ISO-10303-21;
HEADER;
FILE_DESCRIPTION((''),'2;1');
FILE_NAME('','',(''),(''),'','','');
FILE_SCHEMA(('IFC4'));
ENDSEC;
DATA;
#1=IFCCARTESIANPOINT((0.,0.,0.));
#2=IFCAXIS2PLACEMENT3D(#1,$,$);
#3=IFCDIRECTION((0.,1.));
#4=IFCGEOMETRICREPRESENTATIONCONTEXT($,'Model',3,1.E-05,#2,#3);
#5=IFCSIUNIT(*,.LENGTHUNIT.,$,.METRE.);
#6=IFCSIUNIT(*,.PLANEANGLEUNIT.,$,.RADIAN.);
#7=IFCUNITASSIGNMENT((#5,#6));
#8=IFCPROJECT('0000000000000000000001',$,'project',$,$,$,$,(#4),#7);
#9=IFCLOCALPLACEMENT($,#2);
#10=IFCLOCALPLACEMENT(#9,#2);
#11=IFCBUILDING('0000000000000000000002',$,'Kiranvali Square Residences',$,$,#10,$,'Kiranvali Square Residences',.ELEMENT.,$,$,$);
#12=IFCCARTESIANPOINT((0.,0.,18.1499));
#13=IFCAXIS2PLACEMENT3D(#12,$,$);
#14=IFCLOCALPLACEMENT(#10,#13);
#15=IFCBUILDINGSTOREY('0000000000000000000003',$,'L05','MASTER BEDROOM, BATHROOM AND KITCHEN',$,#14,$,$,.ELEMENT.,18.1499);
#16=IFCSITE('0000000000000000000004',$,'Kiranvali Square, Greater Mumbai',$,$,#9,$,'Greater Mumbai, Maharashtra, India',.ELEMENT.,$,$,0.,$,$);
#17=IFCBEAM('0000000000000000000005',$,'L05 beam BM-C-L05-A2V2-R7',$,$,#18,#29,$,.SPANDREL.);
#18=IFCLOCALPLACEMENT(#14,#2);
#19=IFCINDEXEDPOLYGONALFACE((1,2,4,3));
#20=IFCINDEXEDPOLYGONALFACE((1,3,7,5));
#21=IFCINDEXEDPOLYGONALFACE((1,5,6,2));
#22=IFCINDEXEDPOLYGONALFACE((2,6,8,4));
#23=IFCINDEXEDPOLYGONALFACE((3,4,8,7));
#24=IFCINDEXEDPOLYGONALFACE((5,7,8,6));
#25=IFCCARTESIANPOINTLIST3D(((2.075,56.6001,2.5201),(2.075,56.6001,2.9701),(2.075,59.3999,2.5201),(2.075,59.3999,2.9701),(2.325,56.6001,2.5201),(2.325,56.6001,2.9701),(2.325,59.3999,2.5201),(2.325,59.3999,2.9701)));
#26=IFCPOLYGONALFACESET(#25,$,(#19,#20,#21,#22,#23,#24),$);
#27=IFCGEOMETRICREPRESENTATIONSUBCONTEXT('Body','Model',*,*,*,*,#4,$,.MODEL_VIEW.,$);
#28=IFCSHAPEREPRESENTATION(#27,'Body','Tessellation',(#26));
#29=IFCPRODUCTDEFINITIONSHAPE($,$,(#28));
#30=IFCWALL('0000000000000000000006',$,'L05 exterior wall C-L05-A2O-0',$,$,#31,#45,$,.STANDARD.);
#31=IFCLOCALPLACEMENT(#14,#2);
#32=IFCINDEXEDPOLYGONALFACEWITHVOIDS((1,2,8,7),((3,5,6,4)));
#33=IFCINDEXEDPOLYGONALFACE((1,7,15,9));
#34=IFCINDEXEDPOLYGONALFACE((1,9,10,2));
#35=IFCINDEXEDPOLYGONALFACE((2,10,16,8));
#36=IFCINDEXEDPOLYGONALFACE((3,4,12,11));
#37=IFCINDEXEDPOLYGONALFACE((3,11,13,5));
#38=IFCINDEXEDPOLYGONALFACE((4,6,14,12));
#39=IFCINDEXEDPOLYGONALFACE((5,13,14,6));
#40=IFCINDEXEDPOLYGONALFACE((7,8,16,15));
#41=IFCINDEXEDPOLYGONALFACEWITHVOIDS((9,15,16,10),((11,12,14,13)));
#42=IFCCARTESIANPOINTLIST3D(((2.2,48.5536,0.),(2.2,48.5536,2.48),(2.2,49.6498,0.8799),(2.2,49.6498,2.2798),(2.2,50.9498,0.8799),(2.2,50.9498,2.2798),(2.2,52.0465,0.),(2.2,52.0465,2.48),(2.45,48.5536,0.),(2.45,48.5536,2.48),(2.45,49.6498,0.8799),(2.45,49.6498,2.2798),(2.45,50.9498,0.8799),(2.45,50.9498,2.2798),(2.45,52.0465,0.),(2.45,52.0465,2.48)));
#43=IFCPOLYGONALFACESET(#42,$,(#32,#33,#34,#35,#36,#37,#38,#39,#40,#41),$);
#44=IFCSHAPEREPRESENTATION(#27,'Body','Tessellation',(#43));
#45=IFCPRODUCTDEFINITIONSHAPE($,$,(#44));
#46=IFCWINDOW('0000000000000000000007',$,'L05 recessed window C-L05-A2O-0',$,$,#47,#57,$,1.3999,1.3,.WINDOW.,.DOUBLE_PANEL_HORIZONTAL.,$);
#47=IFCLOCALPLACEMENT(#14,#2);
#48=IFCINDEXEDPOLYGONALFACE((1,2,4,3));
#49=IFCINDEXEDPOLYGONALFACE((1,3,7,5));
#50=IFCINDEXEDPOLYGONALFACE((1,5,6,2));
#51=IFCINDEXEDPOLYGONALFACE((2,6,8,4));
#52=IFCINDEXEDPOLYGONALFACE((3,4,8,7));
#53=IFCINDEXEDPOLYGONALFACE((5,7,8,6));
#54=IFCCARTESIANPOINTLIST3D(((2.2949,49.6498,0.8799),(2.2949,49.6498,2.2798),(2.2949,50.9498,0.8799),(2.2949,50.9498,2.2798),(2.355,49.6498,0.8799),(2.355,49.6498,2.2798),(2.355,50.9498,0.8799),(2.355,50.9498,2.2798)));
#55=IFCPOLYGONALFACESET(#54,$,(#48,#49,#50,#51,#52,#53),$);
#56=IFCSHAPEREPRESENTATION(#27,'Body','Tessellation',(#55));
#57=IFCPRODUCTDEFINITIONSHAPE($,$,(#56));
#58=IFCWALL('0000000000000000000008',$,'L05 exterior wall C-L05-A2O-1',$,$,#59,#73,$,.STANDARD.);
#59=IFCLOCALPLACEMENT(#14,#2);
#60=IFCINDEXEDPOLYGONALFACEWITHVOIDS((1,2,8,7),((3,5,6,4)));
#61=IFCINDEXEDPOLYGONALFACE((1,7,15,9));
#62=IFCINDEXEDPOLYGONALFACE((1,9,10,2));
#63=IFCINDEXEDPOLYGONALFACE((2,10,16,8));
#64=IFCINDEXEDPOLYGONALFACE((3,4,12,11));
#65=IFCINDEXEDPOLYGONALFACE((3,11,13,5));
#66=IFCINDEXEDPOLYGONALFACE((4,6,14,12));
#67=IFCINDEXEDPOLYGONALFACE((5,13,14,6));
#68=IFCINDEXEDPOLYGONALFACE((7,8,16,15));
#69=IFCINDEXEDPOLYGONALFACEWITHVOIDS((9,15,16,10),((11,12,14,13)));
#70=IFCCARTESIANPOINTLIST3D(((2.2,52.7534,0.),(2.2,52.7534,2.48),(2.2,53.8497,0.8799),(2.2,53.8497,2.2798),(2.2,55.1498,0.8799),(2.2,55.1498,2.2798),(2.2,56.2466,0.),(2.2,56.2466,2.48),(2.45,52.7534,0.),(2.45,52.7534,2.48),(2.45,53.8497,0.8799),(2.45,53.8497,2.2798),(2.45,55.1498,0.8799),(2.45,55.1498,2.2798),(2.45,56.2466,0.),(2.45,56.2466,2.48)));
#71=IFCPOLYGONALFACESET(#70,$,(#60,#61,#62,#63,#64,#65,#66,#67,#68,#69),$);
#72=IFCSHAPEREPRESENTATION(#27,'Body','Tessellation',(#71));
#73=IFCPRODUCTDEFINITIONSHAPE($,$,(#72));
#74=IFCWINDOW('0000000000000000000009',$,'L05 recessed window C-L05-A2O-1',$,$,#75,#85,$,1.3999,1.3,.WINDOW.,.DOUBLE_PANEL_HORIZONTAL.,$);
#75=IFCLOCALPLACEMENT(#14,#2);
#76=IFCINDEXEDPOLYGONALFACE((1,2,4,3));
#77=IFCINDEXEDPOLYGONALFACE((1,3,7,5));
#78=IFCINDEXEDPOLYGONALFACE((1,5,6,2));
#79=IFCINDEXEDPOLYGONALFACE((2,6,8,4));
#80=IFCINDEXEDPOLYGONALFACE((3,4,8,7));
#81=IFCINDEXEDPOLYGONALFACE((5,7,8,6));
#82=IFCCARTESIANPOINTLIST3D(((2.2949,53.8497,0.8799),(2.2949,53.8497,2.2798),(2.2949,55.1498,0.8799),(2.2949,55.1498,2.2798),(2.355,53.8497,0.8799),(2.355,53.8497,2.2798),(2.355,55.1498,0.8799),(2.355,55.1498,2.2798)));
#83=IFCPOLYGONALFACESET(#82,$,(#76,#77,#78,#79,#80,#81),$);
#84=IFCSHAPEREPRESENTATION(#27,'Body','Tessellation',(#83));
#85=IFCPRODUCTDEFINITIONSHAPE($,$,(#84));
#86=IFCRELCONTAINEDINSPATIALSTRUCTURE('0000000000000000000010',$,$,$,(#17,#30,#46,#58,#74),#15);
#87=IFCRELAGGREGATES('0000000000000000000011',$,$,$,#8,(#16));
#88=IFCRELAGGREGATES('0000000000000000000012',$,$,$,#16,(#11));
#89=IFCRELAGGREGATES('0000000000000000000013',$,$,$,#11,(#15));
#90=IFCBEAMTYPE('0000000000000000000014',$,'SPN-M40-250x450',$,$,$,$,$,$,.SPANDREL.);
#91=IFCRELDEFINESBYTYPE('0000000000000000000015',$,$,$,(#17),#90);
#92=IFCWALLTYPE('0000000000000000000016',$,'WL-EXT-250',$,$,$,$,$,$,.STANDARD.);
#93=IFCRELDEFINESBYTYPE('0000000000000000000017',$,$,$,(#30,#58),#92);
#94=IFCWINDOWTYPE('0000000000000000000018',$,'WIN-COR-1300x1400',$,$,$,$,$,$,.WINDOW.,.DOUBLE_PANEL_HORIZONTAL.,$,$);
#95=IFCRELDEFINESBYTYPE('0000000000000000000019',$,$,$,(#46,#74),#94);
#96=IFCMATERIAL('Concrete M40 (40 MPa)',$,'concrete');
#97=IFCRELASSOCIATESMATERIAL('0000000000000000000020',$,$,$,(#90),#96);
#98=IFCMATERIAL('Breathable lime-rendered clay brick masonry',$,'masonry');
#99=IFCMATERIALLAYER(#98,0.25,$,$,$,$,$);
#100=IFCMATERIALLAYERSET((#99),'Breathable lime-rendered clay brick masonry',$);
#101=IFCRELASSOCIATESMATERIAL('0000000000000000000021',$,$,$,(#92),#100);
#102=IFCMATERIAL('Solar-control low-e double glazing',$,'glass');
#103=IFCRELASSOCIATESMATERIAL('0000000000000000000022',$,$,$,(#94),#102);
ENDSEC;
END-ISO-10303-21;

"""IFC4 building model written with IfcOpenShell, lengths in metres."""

from ifc_helpers import new_model, si_unit, direction, frame, frame_2d, origin, origin_2d, place, context, subcontext, project, spatial, rectangle, extrude, material, layer, layer_set, material_profile, profile_set, type_object, element, fill, save


model = new_model("IFC4")

# Units and contexts
model_context = context("Model", 3, precision=1e-05, world=origin(), true_north=direction((0.0, 1.0)))
body_context = subcontext(model_context, "Body", "Model", "MODEL_VIEW")
ifc_project = project(units=[si_unit("LENGTHUNIT", "METRE"), si_unit("PLANEANGLEUNIT", "RADIAN")], contexts=[model_context])

# Site, building, storey
site_placement = place(None, origin())
site = spatial("IfcSite", under=ifc_project, at=site_placement, Name="Kiranvali Square, Greater Mumbai", LongName="Greater Mumbai, Maharashtra, India", CompositionType="ELEMENT", RefElevation=0.0)
building_placement = place(site_placement, origin())
building = spatial("IfcBuilding", under=site, at=building_placement, Name="Kiranvali Square Residences", LongName="Kiranvali Square Residences", CompositionType="ELEMENT")
storey_placement = place(building_placement, frame((0.0, 0.0, 18.1499)))
storey = spatial("IfcBuildingStorey", under=building, at=storey_placement, Name="L05", Description="MASTER BEDROOM, BATHROOM AND KITCHEN", CompositionType="ELEMENT", Elevation=18.1499)

# Beam
ifc_material_1 = material(Name="Concrete M40 (40 MPa)", Category="concrete")
ifc_material_profile_1 = material_profile(ifc_material_1, rectangle(XDim=0.25, YDim=0.45, at=origin_2d()), Name="RC 250x450")
ifc_profile_set_1 = profile_set([ifc_material_profile_1], Name="Concrete M40 (40 MPa)")
beam_type_1 = type_object("IfcBeamType", Name="SPN-M40-250x450", PredefinedType="SPANDREL", material=ifc_profile_set_1)
beam_1_placement = place(storey_placement, frame((2.2, 56.6001, 2.7451), z_axis=(0.0, 1.0, 0.0), x_axis=(-1.0, 0.0, 0.0)))
element("IfcBeam", 1, at=beam_1_placement, inside=storey, type_object=beam_type_1, Name="L05 beam BM-C-L05-A2V2-R7", PredefinedType="SPANDREL", context=body_context, shape_type="SweptSolid", body=[
    extrude(rectangle(XDim=0.25, YDim=0.45, at=origin_2d()), origin(), (0.0, 0.0, 1.0), 2.7998),
])

# Walls, openings, windows
ifc_material_2 = material(Name="Breathable lime-rendered clay brick masonry", Category="masonry")
ifc_layer = layer(ifc_material_2, 0.25)
ifc_layer_set = layer_set([ifc_layer], Name="Breathable lime-rendered clay brick masonry")
wall_type = type_object("IfcWallType", Name="WL-EXT-250", PredefinedType="STANDARD", material=ifc_layer_set)
wall_1_placement = place(storey_placement, frame((2.325, 48.5535, 0.0), z_axis=(0.0, 0.0, 1.0), x_axis=(0.0, 1.0, 0.0)))
wall_1 = element("IfcWall", 2, at=wall_1_placement, inside=storey, type_object=wall_type, Name="L05 exterior wall C-L05-A2O-0", PredefinedType="STANDARD", context=body_context, shape_type="SweptSolid", body=[
    extrude(rectangle(XDim=3.4929, YDim=0.25, at=frame_2d((1.7466, 0.0))), origin(), (0.0, 0.0, 1.0), 2.48),
])
opening_1_placement = place(wall_1_placement, frame((1.0964, 0.0, 0.8799)))
opening_1 = element("IfcOpeningElement", 3, at=opening_1_placement, cuts=wall_1, PredefinedType="OPENING", context=body_context, shape_type="SweptSolid", body=[
    extrude(rectangle(XDim=1.3, YDim=1.3999, at=frame_2d((0.6499, 0.7))), frame((0.0, 0.135, 0.0), z_axis=(0.0, -1.0, 0.0), x_axis=(1.0, 0.0, 0.0)), (0.0, 0.0, 1.0), 0.27),
])
ifc_material_3 = material(Name="Solar-control low-e double glazing", Category="glass")
window_type = type_object("IfcWindowType", Name="WIN-COR-1300x1400", PartitioningType="DOUBLE_PANEL_HORIZONTAL", PredefinedType="WINDOW", material=ifc_material_3)
window_1_placement = place(opening_1_placement, origin())
window_1 = element("IfcWindow", 4, at=window_1_placement, inside=storey, type_object=window_type, Name="L05 recessed window C-L05-A2O-0", OverallHeight=1.3999, OverallWidth=1.3, PartitioningType="DOUBLE_PANEL_HORIZONTAL", PredefinedType="WINDOW", context=body_context, shape_type="SweptSolid", body=[
    extrude(rectangle(XDim=1.3, YDim=1.3999, at=frame_2d((0.6499, 0.7))), frame((0.0, 0.03, 0.0), z_axis=(0.0, -1.0, 0.0), x_axis=(1.0, 0.0, 0.0)), (0.0, 0.0, 1.0), 0.0601),
])
fill(opening_1, window_1)
wall_2_placement = place(storey_placement, frame((2.325, 52.7534, 0.0), z_axis=(0.0, 0.0, 1.0), x_axis=(0.0, 1.0, 0.0)))
wall_2 = element("IfcWall", 5, at=wall_2_placement, inside=storey, type_object=wall_type, Name="L05 exterior wall C-L05-A2O-1", PredefinedType="STANDARD", context=body_context, shape_type="SweptSolid", body=[
    extrude(rectangle(XDim=3.4932, YDim=0.25, at=frame_2d((1.7466, 0.0))), origin(), (0.0, 0.0, 1.0), 2.48),
])
opening_2_placement = place(wall_2_placement, frame((1.0964, 0.0, 0.8799)))
opening_2 = element("IfcOpeningElement", 6, at=opening_2_placement, cuts=wall_2, PredefinedType="OPENING", context=body_context, shape_type="SweptSolid", body=[
    extrude(rectangle(XDim=1.3, YDim=1.3999, at=frame_2d((0.6499, 0.7))), frame((0.0, 0.135, 0.0), z_axis=(0.0, -1.0, 0.0), x_axis=(1.0, 0.0, 0.0)), (0.0, 0.0, 1.0), 0.27),
])
window_2_placement = place(opening_2_placement, origin())
window_2 = element("IfcWindow", 7, at=window_2_placement, inside=storey, type_object=window_type, Name="L05 recessed window C-L05-A2O-1", OverallHeight=1.3999, OverallWidth=1.3, PartitioningType="DOUBLE_PANEL_HORIZONTAL", PredefinedType="WINDOW", context=body_context, shape_type="SweptSolid", body=[
    extrude(rectangle(XDim=1.3, YDim=1.3999, at=frame_2d((0.6499, 0.7))), frame((0.0, 0.03, 0.0), z_axis=(0.0, -1.0, 0.0), x_axis=(1.0, 0.0, 0.0)), (0.0, 0.0, 1.0), 0.0601),
])
fill(opening_2, window_2)

save(model, "model.ifc")
